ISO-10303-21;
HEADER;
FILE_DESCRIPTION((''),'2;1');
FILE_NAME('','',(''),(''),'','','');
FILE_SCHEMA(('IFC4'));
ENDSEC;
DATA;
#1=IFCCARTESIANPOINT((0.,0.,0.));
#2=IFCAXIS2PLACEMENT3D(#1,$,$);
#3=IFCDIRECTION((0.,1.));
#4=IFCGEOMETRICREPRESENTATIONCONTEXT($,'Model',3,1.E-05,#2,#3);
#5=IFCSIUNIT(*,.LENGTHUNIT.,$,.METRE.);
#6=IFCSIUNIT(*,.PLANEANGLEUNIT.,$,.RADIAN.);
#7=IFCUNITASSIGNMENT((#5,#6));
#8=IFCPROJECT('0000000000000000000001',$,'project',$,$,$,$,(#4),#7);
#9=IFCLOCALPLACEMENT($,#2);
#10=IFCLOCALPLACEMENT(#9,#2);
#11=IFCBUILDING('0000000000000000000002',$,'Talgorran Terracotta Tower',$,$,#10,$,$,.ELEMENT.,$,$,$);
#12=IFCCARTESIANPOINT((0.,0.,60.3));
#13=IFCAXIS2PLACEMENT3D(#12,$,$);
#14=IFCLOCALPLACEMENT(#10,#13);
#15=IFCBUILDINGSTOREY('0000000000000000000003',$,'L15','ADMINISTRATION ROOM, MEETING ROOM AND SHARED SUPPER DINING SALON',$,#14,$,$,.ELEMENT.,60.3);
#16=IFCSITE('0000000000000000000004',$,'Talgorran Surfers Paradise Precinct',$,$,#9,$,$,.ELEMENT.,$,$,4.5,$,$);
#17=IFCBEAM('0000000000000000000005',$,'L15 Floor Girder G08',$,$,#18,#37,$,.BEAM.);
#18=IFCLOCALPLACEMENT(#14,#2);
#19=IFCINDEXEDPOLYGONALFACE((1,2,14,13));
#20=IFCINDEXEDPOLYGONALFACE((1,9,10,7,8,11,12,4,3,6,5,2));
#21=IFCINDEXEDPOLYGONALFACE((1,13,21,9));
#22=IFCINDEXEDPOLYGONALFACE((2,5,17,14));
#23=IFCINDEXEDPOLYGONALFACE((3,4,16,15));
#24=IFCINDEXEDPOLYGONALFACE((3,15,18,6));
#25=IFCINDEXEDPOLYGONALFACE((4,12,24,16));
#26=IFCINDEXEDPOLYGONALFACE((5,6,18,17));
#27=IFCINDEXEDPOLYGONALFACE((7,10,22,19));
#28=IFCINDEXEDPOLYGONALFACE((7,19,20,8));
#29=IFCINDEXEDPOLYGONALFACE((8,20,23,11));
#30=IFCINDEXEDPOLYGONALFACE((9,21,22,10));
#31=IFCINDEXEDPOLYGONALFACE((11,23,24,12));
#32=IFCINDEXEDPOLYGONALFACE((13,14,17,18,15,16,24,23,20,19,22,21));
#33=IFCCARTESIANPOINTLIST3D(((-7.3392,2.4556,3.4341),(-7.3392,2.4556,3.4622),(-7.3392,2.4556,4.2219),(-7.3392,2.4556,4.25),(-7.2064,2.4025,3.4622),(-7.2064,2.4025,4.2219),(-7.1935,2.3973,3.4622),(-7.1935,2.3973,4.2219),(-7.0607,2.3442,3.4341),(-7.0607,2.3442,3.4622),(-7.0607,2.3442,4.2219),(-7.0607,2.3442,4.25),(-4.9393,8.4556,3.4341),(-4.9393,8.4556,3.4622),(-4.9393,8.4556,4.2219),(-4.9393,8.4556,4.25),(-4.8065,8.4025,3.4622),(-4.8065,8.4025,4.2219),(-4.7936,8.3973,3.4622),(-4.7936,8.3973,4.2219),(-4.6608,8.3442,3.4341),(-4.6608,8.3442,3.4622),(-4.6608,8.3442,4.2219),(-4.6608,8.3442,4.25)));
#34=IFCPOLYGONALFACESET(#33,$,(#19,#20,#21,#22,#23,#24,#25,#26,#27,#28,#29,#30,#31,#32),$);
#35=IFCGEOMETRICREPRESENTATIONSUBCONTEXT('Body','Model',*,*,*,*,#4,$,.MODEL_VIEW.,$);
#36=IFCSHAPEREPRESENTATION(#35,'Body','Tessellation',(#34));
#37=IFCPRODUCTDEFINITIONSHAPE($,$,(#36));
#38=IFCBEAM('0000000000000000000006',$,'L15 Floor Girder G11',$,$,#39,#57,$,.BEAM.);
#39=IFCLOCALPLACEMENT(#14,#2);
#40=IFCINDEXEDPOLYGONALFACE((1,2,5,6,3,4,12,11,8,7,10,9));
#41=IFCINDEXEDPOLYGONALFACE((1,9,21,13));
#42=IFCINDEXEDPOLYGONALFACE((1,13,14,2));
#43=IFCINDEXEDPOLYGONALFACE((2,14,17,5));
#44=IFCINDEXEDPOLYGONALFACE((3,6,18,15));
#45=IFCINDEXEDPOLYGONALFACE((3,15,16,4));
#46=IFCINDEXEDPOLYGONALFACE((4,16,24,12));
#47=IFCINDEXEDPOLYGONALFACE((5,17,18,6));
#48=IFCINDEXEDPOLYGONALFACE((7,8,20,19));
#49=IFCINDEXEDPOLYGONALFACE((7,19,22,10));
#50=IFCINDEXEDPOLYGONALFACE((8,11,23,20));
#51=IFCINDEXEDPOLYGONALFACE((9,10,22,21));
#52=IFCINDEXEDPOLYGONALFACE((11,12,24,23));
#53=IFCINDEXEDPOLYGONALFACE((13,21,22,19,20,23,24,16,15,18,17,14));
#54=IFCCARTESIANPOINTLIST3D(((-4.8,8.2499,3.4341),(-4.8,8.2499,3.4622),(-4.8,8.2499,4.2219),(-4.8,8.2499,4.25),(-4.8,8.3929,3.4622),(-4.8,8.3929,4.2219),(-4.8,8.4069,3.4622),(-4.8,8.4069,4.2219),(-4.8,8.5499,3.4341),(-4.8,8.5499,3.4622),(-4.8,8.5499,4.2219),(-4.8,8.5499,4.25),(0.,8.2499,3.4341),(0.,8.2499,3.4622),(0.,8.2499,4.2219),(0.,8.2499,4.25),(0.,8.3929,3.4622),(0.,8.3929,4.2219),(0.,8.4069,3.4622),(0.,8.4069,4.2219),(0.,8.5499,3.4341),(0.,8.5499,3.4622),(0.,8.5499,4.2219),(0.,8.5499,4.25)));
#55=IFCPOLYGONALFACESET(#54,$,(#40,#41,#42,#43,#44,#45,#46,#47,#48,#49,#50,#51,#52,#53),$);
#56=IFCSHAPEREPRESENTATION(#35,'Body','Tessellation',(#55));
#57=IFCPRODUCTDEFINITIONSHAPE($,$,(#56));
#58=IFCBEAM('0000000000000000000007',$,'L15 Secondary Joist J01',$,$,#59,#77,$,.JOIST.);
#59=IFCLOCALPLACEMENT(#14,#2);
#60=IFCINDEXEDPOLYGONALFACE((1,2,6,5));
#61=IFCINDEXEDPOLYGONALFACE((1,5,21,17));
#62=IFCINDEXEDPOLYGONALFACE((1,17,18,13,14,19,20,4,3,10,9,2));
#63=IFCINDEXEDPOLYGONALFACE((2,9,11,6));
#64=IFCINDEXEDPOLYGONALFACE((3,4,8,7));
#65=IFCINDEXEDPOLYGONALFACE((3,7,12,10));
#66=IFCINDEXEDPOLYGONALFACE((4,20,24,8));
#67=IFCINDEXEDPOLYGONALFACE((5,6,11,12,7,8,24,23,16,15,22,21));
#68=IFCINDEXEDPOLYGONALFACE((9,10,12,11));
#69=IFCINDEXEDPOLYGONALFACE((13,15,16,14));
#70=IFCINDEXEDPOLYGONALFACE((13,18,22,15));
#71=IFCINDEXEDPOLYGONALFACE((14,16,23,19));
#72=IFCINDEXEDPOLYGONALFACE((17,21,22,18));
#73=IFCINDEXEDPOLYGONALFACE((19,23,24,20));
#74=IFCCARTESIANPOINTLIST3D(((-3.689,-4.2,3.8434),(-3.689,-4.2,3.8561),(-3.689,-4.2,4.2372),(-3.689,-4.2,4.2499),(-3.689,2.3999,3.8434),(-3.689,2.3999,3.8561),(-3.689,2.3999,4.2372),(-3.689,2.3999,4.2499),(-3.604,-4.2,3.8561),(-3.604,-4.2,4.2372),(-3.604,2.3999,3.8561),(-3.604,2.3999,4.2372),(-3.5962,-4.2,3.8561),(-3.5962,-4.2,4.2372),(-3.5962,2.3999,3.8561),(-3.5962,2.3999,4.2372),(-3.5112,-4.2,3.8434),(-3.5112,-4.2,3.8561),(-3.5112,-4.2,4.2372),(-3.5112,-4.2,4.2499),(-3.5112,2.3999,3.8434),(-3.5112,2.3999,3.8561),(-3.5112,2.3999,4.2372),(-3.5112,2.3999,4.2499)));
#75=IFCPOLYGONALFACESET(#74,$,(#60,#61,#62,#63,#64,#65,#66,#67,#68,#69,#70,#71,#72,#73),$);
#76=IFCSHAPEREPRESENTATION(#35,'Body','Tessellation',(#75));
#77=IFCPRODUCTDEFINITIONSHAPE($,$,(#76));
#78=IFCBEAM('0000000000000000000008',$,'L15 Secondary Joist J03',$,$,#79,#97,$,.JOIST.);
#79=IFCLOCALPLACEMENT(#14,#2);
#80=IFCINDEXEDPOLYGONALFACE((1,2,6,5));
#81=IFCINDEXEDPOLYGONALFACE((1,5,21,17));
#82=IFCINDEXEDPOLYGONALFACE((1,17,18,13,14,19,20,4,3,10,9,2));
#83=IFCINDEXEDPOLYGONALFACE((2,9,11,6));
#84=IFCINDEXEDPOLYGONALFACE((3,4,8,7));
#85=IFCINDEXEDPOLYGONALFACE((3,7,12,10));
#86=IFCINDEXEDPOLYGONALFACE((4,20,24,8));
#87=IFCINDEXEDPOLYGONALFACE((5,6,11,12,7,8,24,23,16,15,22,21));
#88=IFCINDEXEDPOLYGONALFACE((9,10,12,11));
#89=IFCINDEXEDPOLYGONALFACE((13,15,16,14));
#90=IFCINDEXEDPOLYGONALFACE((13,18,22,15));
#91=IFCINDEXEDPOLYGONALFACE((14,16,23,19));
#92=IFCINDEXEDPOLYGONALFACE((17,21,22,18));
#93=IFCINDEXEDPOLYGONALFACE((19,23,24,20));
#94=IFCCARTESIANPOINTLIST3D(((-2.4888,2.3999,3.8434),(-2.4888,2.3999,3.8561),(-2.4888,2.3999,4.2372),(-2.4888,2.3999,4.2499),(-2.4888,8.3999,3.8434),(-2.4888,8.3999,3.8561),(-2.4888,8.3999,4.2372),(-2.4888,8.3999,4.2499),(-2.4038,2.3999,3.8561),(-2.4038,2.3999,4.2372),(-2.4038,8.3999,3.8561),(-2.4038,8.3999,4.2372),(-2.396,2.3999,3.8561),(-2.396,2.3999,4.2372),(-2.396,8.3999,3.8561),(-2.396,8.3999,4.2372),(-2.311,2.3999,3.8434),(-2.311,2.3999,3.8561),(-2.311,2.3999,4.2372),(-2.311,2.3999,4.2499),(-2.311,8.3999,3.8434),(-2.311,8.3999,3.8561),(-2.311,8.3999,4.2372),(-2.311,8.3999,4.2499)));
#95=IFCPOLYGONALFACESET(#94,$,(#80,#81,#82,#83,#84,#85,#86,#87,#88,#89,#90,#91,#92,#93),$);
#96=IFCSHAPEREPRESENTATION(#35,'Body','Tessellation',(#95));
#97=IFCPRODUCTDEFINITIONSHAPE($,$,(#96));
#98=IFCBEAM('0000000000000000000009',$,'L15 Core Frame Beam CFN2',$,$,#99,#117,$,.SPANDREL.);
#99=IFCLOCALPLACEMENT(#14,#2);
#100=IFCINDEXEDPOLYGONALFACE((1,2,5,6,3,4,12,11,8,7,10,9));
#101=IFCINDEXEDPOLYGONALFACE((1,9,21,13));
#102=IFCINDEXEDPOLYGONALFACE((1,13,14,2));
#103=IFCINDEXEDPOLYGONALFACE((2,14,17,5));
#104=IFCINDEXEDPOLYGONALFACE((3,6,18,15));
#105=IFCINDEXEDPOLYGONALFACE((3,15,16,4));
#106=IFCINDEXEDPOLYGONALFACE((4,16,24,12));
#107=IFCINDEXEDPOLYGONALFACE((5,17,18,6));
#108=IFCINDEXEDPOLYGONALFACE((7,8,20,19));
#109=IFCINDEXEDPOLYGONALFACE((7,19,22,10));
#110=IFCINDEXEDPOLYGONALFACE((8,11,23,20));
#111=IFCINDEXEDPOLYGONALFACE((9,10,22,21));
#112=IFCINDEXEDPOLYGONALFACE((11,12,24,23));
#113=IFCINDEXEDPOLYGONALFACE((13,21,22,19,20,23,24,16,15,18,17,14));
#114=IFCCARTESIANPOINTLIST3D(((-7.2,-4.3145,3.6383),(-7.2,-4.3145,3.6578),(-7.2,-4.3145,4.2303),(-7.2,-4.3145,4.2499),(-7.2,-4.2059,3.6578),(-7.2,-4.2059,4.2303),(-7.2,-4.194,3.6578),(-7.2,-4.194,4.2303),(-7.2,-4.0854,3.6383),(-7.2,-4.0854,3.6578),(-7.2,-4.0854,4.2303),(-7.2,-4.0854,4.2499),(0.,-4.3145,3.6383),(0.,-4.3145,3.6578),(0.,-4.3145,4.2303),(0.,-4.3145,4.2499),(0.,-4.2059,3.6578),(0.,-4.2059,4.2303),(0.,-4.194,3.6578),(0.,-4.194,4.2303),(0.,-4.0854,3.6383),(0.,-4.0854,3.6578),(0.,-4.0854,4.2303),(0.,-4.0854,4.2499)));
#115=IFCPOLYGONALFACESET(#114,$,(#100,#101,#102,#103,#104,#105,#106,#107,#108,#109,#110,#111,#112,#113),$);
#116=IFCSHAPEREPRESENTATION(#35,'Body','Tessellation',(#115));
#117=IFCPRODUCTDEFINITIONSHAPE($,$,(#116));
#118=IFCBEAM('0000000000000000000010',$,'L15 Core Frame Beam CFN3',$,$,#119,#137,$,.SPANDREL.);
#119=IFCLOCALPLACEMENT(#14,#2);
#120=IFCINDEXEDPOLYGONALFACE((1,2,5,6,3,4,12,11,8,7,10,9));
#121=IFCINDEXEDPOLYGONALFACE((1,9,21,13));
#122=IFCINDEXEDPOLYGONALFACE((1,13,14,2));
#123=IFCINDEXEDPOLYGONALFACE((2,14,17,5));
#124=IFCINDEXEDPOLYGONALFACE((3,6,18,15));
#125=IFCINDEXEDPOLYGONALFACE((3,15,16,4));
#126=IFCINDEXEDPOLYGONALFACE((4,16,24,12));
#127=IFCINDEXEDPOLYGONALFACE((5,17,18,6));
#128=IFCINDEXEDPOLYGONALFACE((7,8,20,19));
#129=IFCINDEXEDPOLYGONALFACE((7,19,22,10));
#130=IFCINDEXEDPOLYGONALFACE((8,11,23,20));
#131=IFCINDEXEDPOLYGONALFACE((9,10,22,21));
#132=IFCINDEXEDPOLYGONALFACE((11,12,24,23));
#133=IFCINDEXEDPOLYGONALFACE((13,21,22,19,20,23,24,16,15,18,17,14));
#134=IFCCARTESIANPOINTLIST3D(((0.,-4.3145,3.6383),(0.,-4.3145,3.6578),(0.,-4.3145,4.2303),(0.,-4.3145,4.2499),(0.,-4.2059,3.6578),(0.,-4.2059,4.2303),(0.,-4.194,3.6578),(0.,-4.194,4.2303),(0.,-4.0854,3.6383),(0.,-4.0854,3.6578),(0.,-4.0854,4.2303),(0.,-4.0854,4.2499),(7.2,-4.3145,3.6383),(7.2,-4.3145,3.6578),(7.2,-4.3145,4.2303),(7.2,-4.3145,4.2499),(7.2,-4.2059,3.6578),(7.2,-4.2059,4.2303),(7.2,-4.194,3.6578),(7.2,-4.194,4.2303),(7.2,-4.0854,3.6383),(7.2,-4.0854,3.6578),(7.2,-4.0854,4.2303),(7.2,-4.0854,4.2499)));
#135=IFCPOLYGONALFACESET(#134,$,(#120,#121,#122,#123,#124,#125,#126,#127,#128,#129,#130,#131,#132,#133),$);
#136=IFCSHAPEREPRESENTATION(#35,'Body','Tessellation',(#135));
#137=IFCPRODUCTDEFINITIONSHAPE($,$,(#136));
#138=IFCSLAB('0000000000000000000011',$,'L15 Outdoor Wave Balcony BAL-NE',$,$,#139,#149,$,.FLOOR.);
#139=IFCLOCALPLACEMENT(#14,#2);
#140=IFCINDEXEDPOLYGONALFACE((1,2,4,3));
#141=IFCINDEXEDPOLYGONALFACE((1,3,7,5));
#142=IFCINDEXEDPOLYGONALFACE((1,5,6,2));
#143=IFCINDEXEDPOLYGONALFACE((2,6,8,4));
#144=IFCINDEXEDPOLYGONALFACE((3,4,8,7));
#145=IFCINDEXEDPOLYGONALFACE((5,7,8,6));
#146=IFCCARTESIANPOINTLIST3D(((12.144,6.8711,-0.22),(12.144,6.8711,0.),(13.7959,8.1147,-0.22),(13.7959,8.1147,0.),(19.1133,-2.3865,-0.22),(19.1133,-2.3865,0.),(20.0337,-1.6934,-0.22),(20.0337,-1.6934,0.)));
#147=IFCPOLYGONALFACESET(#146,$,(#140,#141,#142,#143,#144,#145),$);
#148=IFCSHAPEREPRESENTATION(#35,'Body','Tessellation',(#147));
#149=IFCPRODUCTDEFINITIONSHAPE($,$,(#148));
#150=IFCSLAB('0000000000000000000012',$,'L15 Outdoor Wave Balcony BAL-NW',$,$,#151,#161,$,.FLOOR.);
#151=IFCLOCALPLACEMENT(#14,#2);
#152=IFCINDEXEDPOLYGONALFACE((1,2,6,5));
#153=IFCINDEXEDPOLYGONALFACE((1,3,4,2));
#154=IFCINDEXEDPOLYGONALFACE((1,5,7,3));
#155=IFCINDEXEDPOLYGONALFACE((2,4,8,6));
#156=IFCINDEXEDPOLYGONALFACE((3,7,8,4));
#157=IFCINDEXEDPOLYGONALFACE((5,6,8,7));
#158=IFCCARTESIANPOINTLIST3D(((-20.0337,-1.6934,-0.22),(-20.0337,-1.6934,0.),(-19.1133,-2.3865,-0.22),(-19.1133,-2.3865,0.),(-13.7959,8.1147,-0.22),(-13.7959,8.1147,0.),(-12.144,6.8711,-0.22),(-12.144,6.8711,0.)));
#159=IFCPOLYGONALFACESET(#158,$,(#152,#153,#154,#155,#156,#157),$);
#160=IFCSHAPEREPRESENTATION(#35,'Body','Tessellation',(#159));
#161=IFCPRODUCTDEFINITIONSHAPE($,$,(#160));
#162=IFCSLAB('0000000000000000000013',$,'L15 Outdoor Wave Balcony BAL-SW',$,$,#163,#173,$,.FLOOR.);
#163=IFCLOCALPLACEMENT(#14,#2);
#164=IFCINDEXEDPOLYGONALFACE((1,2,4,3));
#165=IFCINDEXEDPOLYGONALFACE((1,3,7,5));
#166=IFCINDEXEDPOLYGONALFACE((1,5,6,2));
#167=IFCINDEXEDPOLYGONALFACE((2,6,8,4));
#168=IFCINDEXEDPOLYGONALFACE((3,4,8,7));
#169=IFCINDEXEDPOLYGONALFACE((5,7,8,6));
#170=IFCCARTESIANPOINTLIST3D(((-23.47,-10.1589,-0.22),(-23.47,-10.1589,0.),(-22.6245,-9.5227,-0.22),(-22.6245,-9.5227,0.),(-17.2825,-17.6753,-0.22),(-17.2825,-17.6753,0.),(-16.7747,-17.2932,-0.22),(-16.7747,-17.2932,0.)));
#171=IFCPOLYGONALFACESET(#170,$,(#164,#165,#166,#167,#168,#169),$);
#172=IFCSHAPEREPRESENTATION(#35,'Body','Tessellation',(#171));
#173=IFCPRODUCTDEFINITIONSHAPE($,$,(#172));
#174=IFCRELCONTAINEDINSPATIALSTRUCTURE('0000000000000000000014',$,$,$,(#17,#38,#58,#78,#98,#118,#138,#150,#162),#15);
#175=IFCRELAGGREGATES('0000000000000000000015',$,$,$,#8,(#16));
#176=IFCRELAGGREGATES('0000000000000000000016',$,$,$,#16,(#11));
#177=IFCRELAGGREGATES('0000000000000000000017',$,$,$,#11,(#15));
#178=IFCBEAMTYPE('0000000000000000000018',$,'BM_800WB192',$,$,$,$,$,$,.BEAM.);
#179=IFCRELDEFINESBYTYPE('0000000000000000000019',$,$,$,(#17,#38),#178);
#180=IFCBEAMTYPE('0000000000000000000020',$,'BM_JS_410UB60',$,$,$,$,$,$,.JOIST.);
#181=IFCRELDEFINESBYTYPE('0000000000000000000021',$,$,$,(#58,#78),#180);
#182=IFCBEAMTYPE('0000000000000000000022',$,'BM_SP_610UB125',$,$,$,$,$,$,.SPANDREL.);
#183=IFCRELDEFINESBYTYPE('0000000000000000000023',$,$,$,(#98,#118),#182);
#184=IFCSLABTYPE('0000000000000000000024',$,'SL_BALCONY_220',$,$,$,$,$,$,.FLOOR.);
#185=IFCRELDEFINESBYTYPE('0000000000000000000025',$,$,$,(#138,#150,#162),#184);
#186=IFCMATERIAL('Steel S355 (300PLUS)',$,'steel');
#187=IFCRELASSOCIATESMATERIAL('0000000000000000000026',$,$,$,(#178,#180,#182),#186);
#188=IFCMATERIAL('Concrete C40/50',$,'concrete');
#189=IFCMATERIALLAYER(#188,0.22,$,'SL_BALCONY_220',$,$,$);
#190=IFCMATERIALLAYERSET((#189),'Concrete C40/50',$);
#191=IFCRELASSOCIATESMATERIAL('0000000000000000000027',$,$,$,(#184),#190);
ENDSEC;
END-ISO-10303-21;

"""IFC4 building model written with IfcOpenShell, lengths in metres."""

from ifc_helpers import new_model, si_unit, direction, frame, origin, origin_2d, place, context, subcontext, project, spatial, polyline, i_section, outline, extrude, material, layer, layer_set, material_profile, profile_set, type_object, element, save


model = new_model("IFC4")

# Units and contexts
model_context = context("Model", 3, precision=1e-05, world=origin(), true_north=direction((0.0, 1.0)))
body_context = subcontext(model_context, "Body", "Model", "MODEL_VIEW")
ifc_project = project(units=[si_unit("LENGTHUNIT", "METRE"), si_unit("PLANEANGLEUNIT", "RADIAN")], contexts=[model_context])

# Site, building, storey
site_placement = place(None, origin())
site = spatial("IfcSite", under=ifc_project, at=site_placement, Name="Talgorran Surfers Paradise Precinct", CompositionType="ELEMENT", RefElevation=4.5)
building_placement = place(site_placement, origin())
building = spatial("IfcBuilding", under=site, at=building_placement, Name="Talgorran Terracotta Tower", CompositionType="ELEMENT")
storey_placement = place(building_placement, frame((0.0, 0.0, 60.3)))
storey = spatial("IfcBuildingStorey", under=building, at=storey_placement, Name="L15", Description="ADMINISTRATION ROOM, MEETING ROOM AND SHARED SUPPER DINING SALON", CompositionType="ELEMENT", Elevation=60.3)

# Shared definitions
ifc_material_1 = material(Name="Steel S355 (300PLUS)", Category="steel")

# Beams
ifc_material_profile_1 = material_profile(ifc_material_1, i_section(OverallWidth=0.3, OverallDepth=0.8159, WebThickness=0.0139, FlangeThickness=0.0281, at=origin_2d()), Name="800WB192")
ifc_profile_set_1 = profile_set([ifc_material_profile_1], Name="Steel S355 (300PLUS)")
beam_type_1 = type_object("IfcBeamType", Name="BM_800WB192", PredefinedType="BEAM", material=ifc_profile_set_1)
beam_1_placement = place(storey_placement, frame((-7.2, 2.3999, 3.842), z_axis=(0.371378, 0.928482, 0.0), x_axis=(-0.928482, 0.371378, 0.0)))
element("IfcBeam", 1, at=beam_1_placement, inside=storey, type_object=beam_type_1, Name="L15 Floor Girder G08", PredefinedType="BEAM", context=body_context, shape_type="SweptSolid", body=[
    extrude(i_section(OverallWidth=0.3, OverallDepth=0.8159, WebThickness=0.0139, FlangeThickness=0.0281, at=origin_2d()), origin(), (0.0, 0.0, 1.0), 6.4622),
])
beam_2_placement = place(storey_placement, frame((-4.8, 8.3999, 3.842), z_axis=(1.0, 0.0, 0.0), x_axis=(0.0, 1.0, 0.0)))
element("IfcBeam", 2, at=beam_2_placement, inside=storey, type_object=beam_type_1, Name="L15 Floor Girder G11", PredefinedType="BEAM", context=body_context, shape_type="SweptSolid", body=[
    extrude(i_section(OverallWidth=0.3, OverallDepth=0.8159, WebThickness=0.0139, FlangeThickness=0.0281, at=origin_2d()), origin(), (0.0, 0.0, 1.0), 4.8),
])
ifc_material_profile_2 = material_profile(ifc_material_1, i_section(OverallWidth=0.1777, OverallDepth=0.4065, WebThickness=0.0078, FlangeThickness=0.0127, at=origin_2d()), Name="410UB59.7")
ifc_profile_set_2 = profile_set([ifc_material_profile_2], Name="Steel S355 (300PLUS)")
beam_type_2 = type_object("IfcBeamType", Name="BM_JS_410UB60", PredefinedType="JOIST", material=ifc_profile_set_2)
beam_3_placement = place(storey_placement, frame((-3.6001, -4.2, 4.0466), z_axis=(0.0, 1.0, 0.0), x_axis=(-1.0, 0.0, 0.0)))
element("IfcBeam", 3, at=beam_3_placement, inside=storey, type_object=beam_type_2, Name="L15 Secondary Joist J01", PredefinedType="JOIST", context=body_context, shape_type="SweptSolid", body=[
    extrude(i_section(OverallWidth=0.1777, OverallDepth=0.4065, WebThickness=0.0078, FlangeThickness=0.0127, at=origin_2d()), origin(), (0.0, 0.0, 1.0), 6.5999),
])
beam_4_placement = place(storey_placement, frame((-2.3999, 2.3999, 4.0466), z_axis=(0.0, 1.0, 0.0), x_axis=(-1.0, 0.0, 0.0)))
element("IfcBeam", 4, at=beam_4_placement, inside=storey, type_object=beam_type_2, Name="L15 Secondary Joist J03", PredefinedType="JOIST", context=body_context, shape_type="SweptSolid", body=[
    extrude(i_section(OverallWidth=0.1777, OverallDepth=0.4065, WebThickness=0.0078, FlangeThickness=0.0127, at=origin_2d()), origin(), (0.0, 0.0, 1.0), 6.0),
])
ifc_material_profile_3 = material_profile(ifc_material_1, i_section(OverallWidth=0.229, OverallDepth=0.6116, WebThickness=0.012, FlangeThickness=0.0195, at=origin_2d()), Name="610UB125")
ifc_profile_set_3 = profile_set([ifc_material_profile_3], Name="Steel S355 (300PLUS)")
beam_type_3 = type_object("IfcBeamType", Name="BM_SP_610UB125", PredefinedType="SPANDREL", material=ifc_profile_set_3)
for number, where, z_axis, x_axis, name in (
    (5, (-7.2, -4.2, 3.9441), (1.0, 0.0, 0.0), (0.0, 1.0, 0.0), "L15 Core Frame Beam CFN2"),
    (6, (0.0, -4.2, 3.9441), (1.0, 0.0, 0.0), (0.0, 1.0, 0.0), "L15 Core Frame Beam CFN3"),
):
    element("IfcBeam", number, at=place(storey_placement, frame(where, z_axis=z_axis, x_axis=x_axis)), inside=storey, type_object=beam_type_3, Name=name, PredefinedType="SPANDREL", context=body_context, shape_type="SweptSolid", body=[
        extrude(i_section(OverallWidth=0.229, OverallDepth=0.6116, WebThickness=0.012, FlangeThickness=0.0195, at=origin_2d()), origin(), (0.0, 0.0, 1.0), 7.2),
    ])

# Slabs
ifc_material_2 = material(Name="Concrete C40/50", Category="concrete")
ifc_layer_1 = layer(ifc_material_2, 0.22, Name="SL_BALCONY_220")
ifc_layer_set_1 = layer_set([ifc_layer_1], Name="Concrete C40/50")
slab_type_1 = type_object("IfcSlabType", Name="SL_BALCONY_220", PredefinedType="FLOOR", material=ifc_layer_set_1)
slab_1_placement = place(storey_placement, frame((0.0, 0.0, -0.22)))
element("IfcSlab", 7, at=slab_1_placement, inside=storey, type_object=slab_type_1, Name="L15 Outdoor Wave Balcony BAL-NE", PredefinedType="FLOOR", context=body_context, shape_type="SweptSolid", body=[
    extrude(outline(polyline([(12.144, 6.8711), (19.1133, -2.3865), (20.0337, -1.6934), (13.7959, 8.1147), (12.144, 6.8711)])), origin(), (0.0, 0.0, 1.0), 0.22),
])
slab_2_placement = place(storey_placement, frame((0.0, 0.0, -0.22)))
element("IfcSlab", 8, at=slab_2_placement, inside=storey, type_object=slab_type_1, Name="L15 Outdoor Wave Balcony BAL-NW", PredefinedType="FLOOR", context=body_context, shape_type="SweptSolid", body=[
    extrude(outline(polyline([(-19.1133, -2.3865), (-12.144, 6.8711), (-13.7959, 8.1147), (-20.0337, -1.6934), (-19.1133, -2.3865)])), origin(), (0.0, 0.0, 1.0), 0.22),
])
slab_3_placement = place(storey_placement, frame((0.0, 0.0, -0.22)))
element("IfcSlab", 9, at=slab_3_placement, inside=storey, type_object=slab_type_1, Name="L15 Outdoor Wave Balcony BAL-SW", PredefinedType="FLOOR", context=body_context, shape_type="SweptSolid", body=[
    extrude(outline(polyline([(-16.7747, -17.2932), (-22.6245, -9.5227), (-23.47, -10.1589), (-17.2825, -17.6753), (-16.7747, -17.2932)])), origin(), (0.0, 0.0, 1.0), 0.22),
])

save(model, "model.ifc")
